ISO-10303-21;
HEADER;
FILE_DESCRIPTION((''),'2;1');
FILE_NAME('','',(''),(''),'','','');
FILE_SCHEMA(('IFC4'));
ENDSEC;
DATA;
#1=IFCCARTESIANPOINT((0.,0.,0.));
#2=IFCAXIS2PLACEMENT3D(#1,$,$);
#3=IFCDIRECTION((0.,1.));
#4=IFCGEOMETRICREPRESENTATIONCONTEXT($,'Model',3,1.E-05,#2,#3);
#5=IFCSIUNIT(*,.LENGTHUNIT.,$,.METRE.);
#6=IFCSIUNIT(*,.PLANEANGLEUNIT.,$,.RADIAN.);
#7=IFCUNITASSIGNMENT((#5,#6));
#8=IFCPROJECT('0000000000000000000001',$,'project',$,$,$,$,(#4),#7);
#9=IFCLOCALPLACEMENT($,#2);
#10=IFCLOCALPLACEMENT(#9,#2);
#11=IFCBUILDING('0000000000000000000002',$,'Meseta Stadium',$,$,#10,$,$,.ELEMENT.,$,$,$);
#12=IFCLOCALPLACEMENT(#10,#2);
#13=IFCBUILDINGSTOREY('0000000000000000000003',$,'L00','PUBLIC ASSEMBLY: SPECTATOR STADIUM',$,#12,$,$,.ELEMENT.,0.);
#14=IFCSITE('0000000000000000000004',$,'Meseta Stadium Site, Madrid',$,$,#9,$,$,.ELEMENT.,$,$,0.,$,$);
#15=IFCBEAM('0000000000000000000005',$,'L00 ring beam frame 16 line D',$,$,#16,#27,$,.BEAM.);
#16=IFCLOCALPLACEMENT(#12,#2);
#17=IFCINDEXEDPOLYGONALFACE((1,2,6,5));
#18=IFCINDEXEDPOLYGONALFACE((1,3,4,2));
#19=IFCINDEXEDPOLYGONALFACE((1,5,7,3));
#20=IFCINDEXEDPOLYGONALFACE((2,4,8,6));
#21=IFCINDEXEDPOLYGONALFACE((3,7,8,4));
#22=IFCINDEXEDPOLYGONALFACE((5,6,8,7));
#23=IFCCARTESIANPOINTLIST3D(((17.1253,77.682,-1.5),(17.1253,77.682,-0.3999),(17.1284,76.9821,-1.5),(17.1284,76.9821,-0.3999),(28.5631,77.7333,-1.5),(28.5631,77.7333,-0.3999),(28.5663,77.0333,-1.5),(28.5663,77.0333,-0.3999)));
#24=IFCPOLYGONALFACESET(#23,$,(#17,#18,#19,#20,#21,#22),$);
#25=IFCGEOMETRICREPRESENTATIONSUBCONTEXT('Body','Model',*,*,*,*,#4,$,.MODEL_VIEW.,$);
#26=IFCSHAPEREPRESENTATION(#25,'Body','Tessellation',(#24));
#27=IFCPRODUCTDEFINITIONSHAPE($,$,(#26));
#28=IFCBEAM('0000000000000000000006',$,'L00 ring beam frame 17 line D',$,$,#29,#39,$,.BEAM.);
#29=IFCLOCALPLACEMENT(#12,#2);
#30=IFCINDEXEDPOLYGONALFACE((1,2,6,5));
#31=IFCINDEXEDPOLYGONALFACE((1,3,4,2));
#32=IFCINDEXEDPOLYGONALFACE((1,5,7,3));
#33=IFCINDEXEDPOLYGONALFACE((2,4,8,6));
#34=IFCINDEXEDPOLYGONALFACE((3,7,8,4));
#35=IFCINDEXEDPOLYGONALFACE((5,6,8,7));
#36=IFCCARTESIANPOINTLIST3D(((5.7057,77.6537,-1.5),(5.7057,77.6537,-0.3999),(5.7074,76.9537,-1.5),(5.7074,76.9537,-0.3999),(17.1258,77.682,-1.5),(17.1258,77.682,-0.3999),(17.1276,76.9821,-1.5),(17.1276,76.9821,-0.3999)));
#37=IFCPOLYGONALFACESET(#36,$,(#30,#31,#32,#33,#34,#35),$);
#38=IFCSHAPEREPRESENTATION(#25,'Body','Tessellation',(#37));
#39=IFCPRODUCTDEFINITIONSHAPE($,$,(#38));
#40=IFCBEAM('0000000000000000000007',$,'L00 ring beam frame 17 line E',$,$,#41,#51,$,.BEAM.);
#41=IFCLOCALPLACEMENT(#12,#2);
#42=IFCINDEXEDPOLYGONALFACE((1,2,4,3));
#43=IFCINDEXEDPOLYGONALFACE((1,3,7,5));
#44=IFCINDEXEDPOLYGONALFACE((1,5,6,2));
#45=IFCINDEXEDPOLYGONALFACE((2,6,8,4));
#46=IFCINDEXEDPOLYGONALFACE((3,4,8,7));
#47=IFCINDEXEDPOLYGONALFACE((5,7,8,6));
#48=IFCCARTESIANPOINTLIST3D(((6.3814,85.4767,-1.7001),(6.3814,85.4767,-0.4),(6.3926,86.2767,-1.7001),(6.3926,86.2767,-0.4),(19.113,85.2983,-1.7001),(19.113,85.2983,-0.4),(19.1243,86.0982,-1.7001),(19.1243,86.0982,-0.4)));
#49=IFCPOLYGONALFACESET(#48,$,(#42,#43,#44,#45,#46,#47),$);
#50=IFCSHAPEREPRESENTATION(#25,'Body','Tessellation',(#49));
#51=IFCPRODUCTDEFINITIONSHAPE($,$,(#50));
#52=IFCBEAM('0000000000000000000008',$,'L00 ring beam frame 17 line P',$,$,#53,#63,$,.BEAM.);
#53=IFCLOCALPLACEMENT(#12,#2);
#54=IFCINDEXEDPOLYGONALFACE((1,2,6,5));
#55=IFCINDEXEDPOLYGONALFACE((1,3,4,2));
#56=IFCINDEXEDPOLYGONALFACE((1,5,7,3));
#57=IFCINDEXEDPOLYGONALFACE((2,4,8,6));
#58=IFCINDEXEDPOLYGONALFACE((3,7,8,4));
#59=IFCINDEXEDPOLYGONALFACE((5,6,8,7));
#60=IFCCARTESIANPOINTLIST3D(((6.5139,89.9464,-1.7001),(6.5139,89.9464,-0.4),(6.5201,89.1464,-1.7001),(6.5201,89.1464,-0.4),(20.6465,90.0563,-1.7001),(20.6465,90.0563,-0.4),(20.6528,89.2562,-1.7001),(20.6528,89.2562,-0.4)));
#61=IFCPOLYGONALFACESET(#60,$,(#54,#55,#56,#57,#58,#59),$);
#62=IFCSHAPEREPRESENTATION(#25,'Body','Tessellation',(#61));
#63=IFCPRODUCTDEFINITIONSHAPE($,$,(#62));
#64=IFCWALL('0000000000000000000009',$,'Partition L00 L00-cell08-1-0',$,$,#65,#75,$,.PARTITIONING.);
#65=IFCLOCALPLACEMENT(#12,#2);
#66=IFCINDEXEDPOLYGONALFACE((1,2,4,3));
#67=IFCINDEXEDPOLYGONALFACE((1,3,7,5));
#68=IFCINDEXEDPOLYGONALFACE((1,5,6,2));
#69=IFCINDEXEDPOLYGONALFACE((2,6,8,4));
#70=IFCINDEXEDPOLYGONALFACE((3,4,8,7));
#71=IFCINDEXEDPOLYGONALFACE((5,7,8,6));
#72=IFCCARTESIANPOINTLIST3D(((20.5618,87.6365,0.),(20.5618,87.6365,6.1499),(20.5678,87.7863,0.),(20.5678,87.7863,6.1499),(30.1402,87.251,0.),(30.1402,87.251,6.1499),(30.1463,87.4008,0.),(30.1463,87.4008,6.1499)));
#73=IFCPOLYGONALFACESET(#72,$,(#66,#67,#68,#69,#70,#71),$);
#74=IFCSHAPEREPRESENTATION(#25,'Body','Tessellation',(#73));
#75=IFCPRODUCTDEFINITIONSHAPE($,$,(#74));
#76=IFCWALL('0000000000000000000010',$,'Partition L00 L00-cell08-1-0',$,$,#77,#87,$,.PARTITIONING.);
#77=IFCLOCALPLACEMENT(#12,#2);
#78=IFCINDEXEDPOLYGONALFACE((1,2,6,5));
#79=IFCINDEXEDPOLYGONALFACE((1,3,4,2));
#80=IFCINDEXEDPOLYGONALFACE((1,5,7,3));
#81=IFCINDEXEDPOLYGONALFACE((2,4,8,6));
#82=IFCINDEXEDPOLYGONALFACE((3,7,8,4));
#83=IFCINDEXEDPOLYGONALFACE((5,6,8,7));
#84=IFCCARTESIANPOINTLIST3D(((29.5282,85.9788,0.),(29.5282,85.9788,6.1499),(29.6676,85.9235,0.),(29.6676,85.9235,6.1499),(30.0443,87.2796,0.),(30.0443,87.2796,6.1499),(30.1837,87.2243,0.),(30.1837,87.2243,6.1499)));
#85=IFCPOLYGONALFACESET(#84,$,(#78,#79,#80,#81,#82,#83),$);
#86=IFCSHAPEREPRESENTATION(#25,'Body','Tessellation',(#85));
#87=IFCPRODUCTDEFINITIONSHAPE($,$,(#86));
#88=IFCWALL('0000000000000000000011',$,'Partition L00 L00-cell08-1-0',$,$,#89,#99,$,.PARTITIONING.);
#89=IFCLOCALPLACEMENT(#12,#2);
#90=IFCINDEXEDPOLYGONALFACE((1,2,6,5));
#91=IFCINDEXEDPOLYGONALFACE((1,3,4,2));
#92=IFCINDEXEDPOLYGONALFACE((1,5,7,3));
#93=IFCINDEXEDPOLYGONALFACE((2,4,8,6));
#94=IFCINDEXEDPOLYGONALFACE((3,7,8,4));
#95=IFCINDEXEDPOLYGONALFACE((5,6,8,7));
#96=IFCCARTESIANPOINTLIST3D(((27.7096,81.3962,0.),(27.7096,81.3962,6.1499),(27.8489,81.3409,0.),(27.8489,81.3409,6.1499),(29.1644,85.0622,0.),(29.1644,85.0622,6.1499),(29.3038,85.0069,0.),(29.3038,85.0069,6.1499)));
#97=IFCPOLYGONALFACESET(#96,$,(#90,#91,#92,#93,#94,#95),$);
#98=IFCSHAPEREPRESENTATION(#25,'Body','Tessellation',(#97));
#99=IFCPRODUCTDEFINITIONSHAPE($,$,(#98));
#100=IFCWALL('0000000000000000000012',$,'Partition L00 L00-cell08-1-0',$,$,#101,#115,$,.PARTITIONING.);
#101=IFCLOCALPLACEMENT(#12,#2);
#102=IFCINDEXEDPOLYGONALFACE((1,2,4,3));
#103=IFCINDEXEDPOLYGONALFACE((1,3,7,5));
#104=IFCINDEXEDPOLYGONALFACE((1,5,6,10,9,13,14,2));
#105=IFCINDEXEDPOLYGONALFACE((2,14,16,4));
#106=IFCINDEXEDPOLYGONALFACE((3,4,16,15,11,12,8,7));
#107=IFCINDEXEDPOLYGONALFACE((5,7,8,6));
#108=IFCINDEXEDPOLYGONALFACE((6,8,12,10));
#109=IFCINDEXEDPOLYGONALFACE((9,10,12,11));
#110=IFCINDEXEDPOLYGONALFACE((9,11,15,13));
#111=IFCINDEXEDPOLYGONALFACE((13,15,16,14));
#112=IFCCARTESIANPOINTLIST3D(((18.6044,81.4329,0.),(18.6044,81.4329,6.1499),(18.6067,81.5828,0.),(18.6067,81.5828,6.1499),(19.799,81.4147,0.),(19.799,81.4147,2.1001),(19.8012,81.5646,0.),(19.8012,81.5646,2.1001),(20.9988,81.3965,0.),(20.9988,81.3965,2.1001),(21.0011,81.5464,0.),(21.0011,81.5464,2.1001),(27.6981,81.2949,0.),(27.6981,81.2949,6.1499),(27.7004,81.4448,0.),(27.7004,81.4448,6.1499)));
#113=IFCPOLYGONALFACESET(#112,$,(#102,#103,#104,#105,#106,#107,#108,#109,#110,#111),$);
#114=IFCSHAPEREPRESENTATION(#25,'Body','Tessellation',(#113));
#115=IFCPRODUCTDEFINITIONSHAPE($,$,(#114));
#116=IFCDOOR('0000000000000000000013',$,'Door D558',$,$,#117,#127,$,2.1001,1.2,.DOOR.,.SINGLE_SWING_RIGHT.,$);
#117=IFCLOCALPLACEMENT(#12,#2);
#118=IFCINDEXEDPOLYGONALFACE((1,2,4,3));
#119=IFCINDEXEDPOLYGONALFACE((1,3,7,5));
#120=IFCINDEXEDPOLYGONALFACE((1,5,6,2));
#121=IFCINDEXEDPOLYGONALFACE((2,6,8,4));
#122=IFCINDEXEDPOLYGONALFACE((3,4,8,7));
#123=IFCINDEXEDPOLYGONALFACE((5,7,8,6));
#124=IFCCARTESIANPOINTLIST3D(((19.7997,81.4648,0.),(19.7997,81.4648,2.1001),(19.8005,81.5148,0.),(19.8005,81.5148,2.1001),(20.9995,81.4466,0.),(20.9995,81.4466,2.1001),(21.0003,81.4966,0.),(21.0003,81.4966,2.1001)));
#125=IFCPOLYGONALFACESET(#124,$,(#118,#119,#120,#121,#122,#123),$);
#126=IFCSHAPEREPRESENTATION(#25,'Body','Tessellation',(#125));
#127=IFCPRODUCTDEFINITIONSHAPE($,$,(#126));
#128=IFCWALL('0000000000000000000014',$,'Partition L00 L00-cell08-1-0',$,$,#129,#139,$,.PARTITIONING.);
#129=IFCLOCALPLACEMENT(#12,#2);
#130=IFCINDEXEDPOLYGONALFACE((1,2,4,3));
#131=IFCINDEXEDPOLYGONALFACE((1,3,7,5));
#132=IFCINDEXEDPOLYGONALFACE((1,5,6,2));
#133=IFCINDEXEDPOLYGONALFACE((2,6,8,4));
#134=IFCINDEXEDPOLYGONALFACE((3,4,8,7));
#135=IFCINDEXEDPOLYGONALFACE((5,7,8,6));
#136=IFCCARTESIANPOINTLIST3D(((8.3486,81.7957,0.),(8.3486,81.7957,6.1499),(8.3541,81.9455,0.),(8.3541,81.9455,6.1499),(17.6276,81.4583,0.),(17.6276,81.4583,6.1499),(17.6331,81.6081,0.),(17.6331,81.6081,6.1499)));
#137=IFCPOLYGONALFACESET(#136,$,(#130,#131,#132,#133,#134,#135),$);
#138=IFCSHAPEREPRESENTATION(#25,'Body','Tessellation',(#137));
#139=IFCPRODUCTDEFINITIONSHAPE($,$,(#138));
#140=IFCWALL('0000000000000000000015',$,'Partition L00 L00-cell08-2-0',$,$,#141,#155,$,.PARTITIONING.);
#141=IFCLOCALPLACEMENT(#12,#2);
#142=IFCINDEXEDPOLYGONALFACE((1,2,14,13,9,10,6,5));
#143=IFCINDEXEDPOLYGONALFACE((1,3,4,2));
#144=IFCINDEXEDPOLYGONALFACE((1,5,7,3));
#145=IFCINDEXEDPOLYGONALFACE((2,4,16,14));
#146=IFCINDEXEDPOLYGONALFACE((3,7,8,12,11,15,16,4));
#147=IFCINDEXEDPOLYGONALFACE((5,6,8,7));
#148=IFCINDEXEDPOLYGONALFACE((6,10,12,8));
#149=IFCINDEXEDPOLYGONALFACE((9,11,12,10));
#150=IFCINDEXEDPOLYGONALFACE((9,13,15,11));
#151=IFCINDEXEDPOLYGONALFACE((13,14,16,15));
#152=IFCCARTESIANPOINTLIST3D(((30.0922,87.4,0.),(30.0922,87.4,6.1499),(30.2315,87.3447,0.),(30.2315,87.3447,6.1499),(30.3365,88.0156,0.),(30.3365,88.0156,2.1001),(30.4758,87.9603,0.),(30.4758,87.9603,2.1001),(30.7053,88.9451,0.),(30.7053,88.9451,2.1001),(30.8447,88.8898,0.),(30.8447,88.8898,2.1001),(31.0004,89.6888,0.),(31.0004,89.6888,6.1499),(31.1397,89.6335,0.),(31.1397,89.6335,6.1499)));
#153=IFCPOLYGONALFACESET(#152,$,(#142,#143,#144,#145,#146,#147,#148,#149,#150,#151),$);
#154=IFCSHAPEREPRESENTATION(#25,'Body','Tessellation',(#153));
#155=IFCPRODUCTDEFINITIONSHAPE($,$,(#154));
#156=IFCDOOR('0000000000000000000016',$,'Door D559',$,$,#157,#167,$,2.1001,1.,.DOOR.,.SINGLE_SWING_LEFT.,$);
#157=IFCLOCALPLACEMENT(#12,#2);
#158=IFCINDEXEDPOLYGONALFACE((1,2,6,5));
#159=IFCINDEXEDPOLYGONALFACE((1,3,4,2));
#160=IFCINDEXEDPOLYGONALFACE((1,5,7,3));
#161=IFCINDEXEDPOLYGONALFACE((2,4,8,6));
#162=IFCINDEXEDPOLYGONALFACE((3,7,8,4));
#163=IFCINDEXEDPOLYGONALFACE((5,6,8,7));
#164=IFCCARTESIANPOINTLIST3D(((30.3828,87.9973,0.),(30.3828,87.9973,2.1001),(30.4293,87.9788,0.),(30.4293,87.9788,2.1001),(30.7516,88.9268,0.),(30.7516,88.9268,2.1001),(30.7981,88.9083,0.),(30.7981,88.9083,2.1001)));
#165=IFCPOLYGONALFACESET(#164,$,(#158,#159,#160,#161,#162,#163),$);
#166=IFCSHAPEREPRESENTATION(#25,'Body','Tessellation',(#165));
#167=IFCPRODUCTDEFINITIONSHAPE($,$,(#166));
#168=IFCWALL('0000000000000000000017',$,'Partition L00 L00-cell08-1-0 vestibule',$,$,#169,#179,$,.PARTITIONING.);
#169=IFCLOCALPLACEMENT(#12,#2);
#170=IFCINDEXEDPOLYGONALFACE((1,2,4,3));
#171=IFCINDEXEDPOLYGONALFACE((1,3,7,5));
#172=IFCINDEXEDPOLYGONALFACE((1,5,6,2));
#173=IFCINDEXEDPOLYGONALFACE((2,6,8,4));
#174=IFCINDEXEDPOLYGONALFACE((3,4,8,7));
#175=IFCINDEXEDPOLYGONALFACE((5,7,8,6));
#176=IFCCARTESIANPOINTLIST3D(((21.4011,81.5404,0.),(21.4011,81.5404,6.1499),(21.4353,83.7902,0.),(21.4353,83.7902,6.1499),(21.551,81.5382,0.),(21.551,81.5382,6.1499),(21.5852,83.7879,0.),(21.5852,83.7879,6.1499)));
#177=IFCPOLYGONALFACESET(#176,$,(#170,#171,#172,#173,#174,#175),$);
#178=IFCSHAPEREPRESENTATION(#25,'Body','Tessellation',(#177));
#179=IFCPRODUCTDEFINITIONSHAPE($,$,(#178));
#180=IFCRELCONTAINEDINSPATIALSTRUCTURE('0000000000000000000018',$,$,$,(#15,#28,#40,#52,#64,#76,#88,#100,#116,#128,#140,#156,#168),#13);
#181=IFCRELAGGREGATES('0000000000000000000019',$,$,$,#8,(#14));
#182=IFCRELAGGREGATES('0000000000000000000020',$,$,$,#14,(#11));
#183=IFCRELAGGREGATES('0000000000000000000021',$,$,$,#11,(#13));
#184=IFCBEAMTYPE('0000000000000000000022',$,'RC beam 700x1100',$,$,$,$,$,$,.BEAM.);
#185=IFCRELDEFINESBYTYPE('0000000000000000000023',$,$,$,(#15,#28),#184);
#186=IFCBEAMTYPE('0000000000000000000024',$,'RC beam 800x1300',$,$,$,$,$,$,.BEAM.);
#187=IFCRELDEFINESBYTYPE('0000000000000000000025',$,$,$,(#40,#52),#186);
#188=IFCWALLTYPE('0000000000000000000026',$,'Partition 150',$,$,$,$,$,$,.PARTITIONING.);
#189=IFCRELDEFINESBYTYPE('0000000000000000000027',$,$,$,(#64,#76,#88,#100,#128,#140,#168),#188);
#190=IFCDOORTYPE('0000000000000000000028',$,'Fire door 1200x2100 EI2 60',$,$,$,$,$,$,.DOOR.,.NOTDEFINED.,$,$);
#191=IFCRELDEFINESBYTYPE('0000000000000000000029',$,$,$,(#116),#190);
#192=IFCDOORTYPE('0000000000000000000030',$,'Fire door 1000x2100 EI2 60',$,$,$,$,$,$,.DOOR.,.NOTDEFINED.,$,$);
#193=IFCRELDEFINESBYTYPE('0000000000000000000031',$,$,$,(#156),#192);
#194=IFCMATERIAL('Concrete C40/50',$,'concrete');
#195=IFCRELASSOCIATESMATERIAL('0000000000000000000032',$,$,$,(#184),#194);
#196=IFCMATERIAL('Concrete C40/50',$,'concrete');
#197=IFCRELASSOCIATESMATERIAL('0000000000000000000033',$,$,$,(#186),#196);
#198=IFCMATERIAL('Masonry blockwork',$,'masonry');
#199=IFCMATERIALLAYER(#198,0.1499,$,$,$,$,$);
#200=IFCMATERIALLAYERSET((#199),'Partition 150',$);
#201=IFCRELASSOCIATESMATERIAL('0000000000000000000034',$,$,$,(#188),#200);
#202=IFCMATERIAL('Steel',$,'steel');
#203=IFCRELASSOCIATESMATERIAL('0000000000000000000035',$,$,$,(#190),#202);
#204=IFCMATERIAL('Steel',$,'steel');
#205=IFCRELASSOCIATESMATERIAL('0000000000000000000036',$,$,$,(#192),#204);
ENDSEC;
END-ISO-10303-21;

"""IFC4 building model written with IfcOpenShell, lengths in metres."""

from ifc_helpers import new_model, si_unit, direction, frame, frame_2d, origin, origin_2d, place, context, subcontext, project, spatial, rectangle, extrude, material, layer, layer_set, material_profile, profile_set, type_object, element, fill, save


model = new_model("IFC4")

# Units and contexts
model_context = context("Model", 3, precision=1e-05, world=origin(), true_north=direction((0.0, 1.0)))
body_context = subcontext(model_context, "Body", "Model", "MODEL_VIEW")
ifc_project = project(units=[si_unit("LENGTHUNIT", "METRE"), si_unit("PLANEANGLEUNIT", "RADIAN")], contexts=[model_context])

# Site, building, storey
site_placement = place(None, origin())
site = spatial("IfcSite", under=ifc_project, at=site_placement, Name="Meseta Stadium Site, Madrid", CompositionType="ELEMENT", RefElevation=0.0)
building_placement = place(site_placement, origin())
building = spatial("IfcBuilding", under=site, at=building_placement, Name="Meseta Stadium", CompositionType="ELEMENT")
storey_placement = place(building_placement, origin())
storey = spatial("IfcBuildingStorey", under=building, at=storey_placement, Name="L00", Description="PUBLIC ASSEMBLY: SPECTATOR STADIUM", CompositionType="ELEMENT", Elevation=0.0)

# Beams
ifc_material_1 = material(Name="Concrete C40/50", Category="concrete")
ifc_material_profile_1 = material_profile(ifc_material_1, rectangle(XDim=0.7, YDim=1.1001, at=origin_2d()), Name="RC 700x1100")
ifc_profile_set_1 = profile_set([ifc_material_profile_1], Name="Concrete C40/50")
beam_type_1 = type_object("IfcBeamType", Name="RC beam 700x1100", PredefinedType="BEAM", material=ifc_profile_set_1)
beam_1_placement = place(storey_placement, frame((28.5647, 77.3833, -0.95), z_axis=(-0.99999, -0.004482, 0.0), x_axis=(0.004482, -0.99999, 0.0)))
element("IfcBeam", 1, at=beam_1_placement, inside=storey, type_object=beam_type_1, Name="L00 ring beam frame 16 line D", PredefinedType="BEAM", context=body_context, shape_type="SweptSolid", body=[
    extrude(rectangle(XDim=0.7, YDim=1.1001, at=origin_2d()), origin(), (0.0, 0.0, 1.0), 11.438),
])
beam_2_placement = place(storey_placement, frame((17.1267, 77.332, -0.95), z_axis=(-0.999997, -0.00248, 0.0), x_axis=(0.00248, -0.999997, 0.0)))
element("IfcBeam", 2, at=beam_2_placement, inside=storey, type_object=beam_type_1, Name="L00 ring beam frame 17 line D", PredefinedType="BEAM", context=body_context, shape_type="SweptSolid", body=[
    extrude(rectangle(XDim=0.7, YDim=1.1001, at=origin_2d()), origin(), (0.0, 0.0, 1.0), 11.4202),
])
ifc_material_2 = material(Name="Concrete C40/50", Category="concrete")
ifc_material_profile_2 = material_profile(ifc_material_2, rectangle(XDim=0.8, YDim=1.3, at=origin_2d()), Name="RC 800x1300")
ifc_profile_set_2 = profile_set([ifc_material_profile_2], Name="Concrete C40/50")
beam_type_2 = type_object("IfcBeamType", Name="RC beam 800x1300", PredefinedType="BEAM", material=ifc_profile_set_2)
beam_3_placement = place(storey_placement, frame((19.1187, 85.6982, -1.05), z_axis=(-0.999902, 0.014016, 0.0), x_axis=(-0.014016, -0.999902, 0.0)))
element("IfcBeam", 3, at=beam_3_placement, inside=storey, type_object=beam_type_2, Name="L00 ring beam frame 17 line E", PredefinedType="BEAM", context=body_context, shape_type="SweptSolid", body=[
    extrude(rectangle(XDim=0.8, YDim=1.3, at=origin_2d()), origin(), (0.0, 0.0, 1.0), 12.7329),
])
beam_4_placement = place(storey_placement, frame((20.6497, 89.6562, -1.05), z_axis=(-0.99997, -0.007774, 0.0), x_axis=(0.007774, -0.99997, 0.0)))
element("IfcBeam", 4, at=beam_4_placement, inside=storey, type_object=beam_type_2, Name="L00 ring beam frame 17 line P", PredefinedType="BEAM", context=body_context, shape_type="SweptSolid", body=[
    extrude(rectangle(XDim=0.8, YDim=1.3, at=origin_2d()), origin(), (0.0, 0.0, 1.0), 14.1331),
])

# Walls
ifc_material_3 = material(Name="Masonry blockwork", Category="masonry")
ifc_layer = layer(ifc_material_3, 0.1499)
ifc_layer_set = layer_set([ifc_layer], Name="Partition 150")
wall_type = type_object("IfcWallType", Name="Partition 150", PredefinedType="PARTITIONING", material=ifc_layer_set)
wall_1_placement = place(storey_placement, frame((20.5649, 87.7114, 0.0), z_axis=(0.0, 0.0, 1.0), x_axis=(0.999191, -0.040214, 0.0)))
element("IfcWall", 5, at=wall_1_placement, inside=storey, type_object=wall_type, Name="Partition L00 L00-cell08-1-0", PredefinedType="PARTITIONING", context=body_context, shape_type="SweptSolid", body=[
    extrude(rectangle(XDim=9.5862, YDim=0.1499, at=frame_2d((4.793, 0.0))), origin(), (0.0, 0.0, 1.0), 6.1499),
])
wall_2_placement = place(storey_placement, frame((30.114, 87.252, 0.0), z_axis=(0.0, 0.0, 1.0), x_axis=(-0.368802, -0.929508, 0.0)))
element("IfcWall", 6, at=wall_2_placement, inside=storey, type_object=wall_type, Name="Partition L00 L00-cell08-1-0", PredefinedType="PARTITIONING", context=body_context, shape_type="SweptSolid", body=[
    extrude(rectangle(XDim=1.3994, YDim=0.1499, at=frame_2d((0.6997, 0.0))), origin(), (0.0, 0.0, 1.0), 6.1499),
])
wall_3_placement = place(storey_placement, frame((29.2341, 85.0347, 0.0), z_axis=(0.0, 0.0, 1.0), x_axis=(-0.36886, -0.929485, 0.0)))
element("IfcWall", 7, at=wall_3_placement, inside=storey, type_object=wall_type, Name="Partition L00 L00-cell08-1-0", PredefinedType="PARTITIONING", context=body_context, shape_type="SweptSolid", body=[
    extrude(rectangle(XDim=3.9441, YDim=0.1499, at=frame_2d((1.9722, 0.0))), origin(), (0.0, 0.0, 1.0), 6.1499),
])

# Wall, opening, door
wall_4_placement = place(storey_placement, frame((27.6992, 81.3699, 0.0), z_axis=(0.0, 0.0, 1.0), x_axis=(-0.999885, 0.015167, 0.0)))
wall_4 = element("IfcWall", 8, at=wall_4_placement, inside=storey, type_object=wall_type, Name="Partition L00 L00-cell08-1-0", PredefinedType="PARTITIONING", context=body_context, shape_type="SweptSolid", body=[
    extrude(rectangle(XDim=9.0947, YDim=0.1499, at=frame_2d((4.5474, 0.0))), origin(), (0.0, 0.0, 1.0), 6.1499),
])
opening_1_placement = place(wall_4_placement, frame((6.7, 0.0, 0.0)))
opening_1 = element("IfcOpeningElement", 9, at=opening_1_placement, cuts=wall_4, PredefinedType="OPENING", context=body_context, shape_type="SweptSolid", body=[
    extrude(rectangle(XDim=1.2, YDim=2.1001, at=frame_2d((0.6001, 1.05))), frame((0.0, 0.085, 0.0), z_axis=(0.0, -1.0, 0.0), x_axis=(1.0, 0.0, 0.0)), (0.0, 0.0, 1.0), 0.1699),
])
ifc_material_4 = material(Name="Steel", Category="steel")
door_type_1 = type_object("IfcDoorType", Name="Fire door 1200x2100 EI2 60", OperationType="NOTDEFINED", PredefinedType="DOOR", material=ifc_material_4)
door_1_placement = place(opening_1_placement, origin())
door_1 = element("IfcDoor", 10, at=door_1_placement, inside=storey, type_object=door_type_1, Name="Door D558", OperationType="SINGLE_SWING_RIGHT", OverallHeight=2.1001, OverallWidth=1.2, PredefinedType="DOOR", context=body_context, shape_type="SweptSolid", body=[
    extrude(rectangle(XDim=1.2, YDim=2.1001, at=frame_2d((0.6001, 1.05))), frame((0.0, 0.0249, 0.0), z_axis=(0.0, -1.0, 0.0), x_axis=(1.0, 0.0, 0.0)), (0.0, 0.0, 1.0), 0.05),
])
fill(opening_1, door_1)

# Wall
wall_5_placement = place(storey_placement, frame((17.6304, 81.5332, 0.0), z_axis=(0.0, 0.0, 1.0), x_axis=(-0.99934, 0.036338, 0.0)))
element("IfcWall", 11, at=wall_5_placement, inside=storey, type_object=wall_type, Name="Partition L00 L00-cell08-1-0", PredefinedType="PARTITIONING", context=body_context, shape_type="SweptSolid", body=[
    extrude(rectangle(XDim=9.2852, YDim=0.1499, at=frame_2d((4.6426, 0.0))), origin(), (0.0, 0.0, 1.0), 6.1499),
])

# Wall, opening, door
wall_6_placement = place(storey_placement, frame((31.0701, 89.6611, 0.0), z_axis=(0.0, 0.0, 1.0), x_axis=(-0.368825, -0.929499, 0.0)))
wall_6 = element("IfcWall", 12, at=wall_6_placement, inside=storey, type_object=wall_type, Name="Partition L00 L00-cell08-2-0", PredefinedType="PARTITIONING", context=body_context, shape_type="SweptSolid", body=[
    extrude(rectangle(XDim=2.4624, YDim=0.1499, at=frame_2d((1.2312, 0.0))), origin(), (0.0, 0.0, 1.0), 6.1499),
])
opening_2_placement = place(wall_6_placement, frame((0.8, 0.0, 0.0)))
opening_2 = element("IfcOpeningElement", 13, at=opening_2_placement, cuts=wall_6, PredefinedType="OPENING", context=body_context, shape_type="SweptSolid", body=[
    extrude(rectangle(XDim=1.0, YDim=2.1001, at=frame_2d((0.5, 1.05))), frame((0.0, 0.085, 0.0), z_axis=(0.0, -1.0, 0.0), x_axis=(1.0, 0.0, 0.0)), (0.0, 0.0, 1.0), 0.1699),
])
ifc_material_5 = material(Name="Steel", Category="steel")
door_type_2 = type_object("IfcDoorType", Name="Fire door 1000x2100 EI2 60", OperationType="NOTDEFINED", PredefinedType="DOOR", material=ifc_material_5)
door_2_placement = place(opening_2_placement, origin())
door_2 = element("IfcDoor", 14, at=door_2_placement, inside=storey, type_object=door_type_2, Name="Door D559", OperationType="SINGLE_SWING_LEFT", OverallHeight=2.1001, OverallWidth=1.0, PredefinedType="DOOR", context=body_context, shape_type="SweptSolid", body=[
    extrude(rectangle(XDim=1.0, YDim=2.1001, at=frame_2d((0.5, 1.05))), frame((0.0, 0.0249, 0.0), z_axis=(0.0, -1.0, 0.0), x_axis=(1.0, 0.0, 0.0)), (0.0, 0.0, 1.0), 0.05),
])
fill(opening_2, door_2)

# Wall
wall_7_placement = place(storey_placement, frame((21.4761, 81.5393, 0.0), z_axis=(0.0, 0.0, 1.0), x_axis=(0.015191, 0.999885, 0.0)))
element("IfcWall", 15, at=wall_7_placement, inside=storey, type_object=wall_type, Name="Partition L00 L00-cell08-1-0 vestibule", PredefinedType="PARTITIONING", context=body_context, shape_type="SweptSolid", body=[
    extrude(rectangle(XDim=2.25, YDim=0.1499, at=frame_2d((1.125, 0.0))), origin(), (0.0, 0.0, 1.0), 6.1499),
])

save(model, "model.ifc")
